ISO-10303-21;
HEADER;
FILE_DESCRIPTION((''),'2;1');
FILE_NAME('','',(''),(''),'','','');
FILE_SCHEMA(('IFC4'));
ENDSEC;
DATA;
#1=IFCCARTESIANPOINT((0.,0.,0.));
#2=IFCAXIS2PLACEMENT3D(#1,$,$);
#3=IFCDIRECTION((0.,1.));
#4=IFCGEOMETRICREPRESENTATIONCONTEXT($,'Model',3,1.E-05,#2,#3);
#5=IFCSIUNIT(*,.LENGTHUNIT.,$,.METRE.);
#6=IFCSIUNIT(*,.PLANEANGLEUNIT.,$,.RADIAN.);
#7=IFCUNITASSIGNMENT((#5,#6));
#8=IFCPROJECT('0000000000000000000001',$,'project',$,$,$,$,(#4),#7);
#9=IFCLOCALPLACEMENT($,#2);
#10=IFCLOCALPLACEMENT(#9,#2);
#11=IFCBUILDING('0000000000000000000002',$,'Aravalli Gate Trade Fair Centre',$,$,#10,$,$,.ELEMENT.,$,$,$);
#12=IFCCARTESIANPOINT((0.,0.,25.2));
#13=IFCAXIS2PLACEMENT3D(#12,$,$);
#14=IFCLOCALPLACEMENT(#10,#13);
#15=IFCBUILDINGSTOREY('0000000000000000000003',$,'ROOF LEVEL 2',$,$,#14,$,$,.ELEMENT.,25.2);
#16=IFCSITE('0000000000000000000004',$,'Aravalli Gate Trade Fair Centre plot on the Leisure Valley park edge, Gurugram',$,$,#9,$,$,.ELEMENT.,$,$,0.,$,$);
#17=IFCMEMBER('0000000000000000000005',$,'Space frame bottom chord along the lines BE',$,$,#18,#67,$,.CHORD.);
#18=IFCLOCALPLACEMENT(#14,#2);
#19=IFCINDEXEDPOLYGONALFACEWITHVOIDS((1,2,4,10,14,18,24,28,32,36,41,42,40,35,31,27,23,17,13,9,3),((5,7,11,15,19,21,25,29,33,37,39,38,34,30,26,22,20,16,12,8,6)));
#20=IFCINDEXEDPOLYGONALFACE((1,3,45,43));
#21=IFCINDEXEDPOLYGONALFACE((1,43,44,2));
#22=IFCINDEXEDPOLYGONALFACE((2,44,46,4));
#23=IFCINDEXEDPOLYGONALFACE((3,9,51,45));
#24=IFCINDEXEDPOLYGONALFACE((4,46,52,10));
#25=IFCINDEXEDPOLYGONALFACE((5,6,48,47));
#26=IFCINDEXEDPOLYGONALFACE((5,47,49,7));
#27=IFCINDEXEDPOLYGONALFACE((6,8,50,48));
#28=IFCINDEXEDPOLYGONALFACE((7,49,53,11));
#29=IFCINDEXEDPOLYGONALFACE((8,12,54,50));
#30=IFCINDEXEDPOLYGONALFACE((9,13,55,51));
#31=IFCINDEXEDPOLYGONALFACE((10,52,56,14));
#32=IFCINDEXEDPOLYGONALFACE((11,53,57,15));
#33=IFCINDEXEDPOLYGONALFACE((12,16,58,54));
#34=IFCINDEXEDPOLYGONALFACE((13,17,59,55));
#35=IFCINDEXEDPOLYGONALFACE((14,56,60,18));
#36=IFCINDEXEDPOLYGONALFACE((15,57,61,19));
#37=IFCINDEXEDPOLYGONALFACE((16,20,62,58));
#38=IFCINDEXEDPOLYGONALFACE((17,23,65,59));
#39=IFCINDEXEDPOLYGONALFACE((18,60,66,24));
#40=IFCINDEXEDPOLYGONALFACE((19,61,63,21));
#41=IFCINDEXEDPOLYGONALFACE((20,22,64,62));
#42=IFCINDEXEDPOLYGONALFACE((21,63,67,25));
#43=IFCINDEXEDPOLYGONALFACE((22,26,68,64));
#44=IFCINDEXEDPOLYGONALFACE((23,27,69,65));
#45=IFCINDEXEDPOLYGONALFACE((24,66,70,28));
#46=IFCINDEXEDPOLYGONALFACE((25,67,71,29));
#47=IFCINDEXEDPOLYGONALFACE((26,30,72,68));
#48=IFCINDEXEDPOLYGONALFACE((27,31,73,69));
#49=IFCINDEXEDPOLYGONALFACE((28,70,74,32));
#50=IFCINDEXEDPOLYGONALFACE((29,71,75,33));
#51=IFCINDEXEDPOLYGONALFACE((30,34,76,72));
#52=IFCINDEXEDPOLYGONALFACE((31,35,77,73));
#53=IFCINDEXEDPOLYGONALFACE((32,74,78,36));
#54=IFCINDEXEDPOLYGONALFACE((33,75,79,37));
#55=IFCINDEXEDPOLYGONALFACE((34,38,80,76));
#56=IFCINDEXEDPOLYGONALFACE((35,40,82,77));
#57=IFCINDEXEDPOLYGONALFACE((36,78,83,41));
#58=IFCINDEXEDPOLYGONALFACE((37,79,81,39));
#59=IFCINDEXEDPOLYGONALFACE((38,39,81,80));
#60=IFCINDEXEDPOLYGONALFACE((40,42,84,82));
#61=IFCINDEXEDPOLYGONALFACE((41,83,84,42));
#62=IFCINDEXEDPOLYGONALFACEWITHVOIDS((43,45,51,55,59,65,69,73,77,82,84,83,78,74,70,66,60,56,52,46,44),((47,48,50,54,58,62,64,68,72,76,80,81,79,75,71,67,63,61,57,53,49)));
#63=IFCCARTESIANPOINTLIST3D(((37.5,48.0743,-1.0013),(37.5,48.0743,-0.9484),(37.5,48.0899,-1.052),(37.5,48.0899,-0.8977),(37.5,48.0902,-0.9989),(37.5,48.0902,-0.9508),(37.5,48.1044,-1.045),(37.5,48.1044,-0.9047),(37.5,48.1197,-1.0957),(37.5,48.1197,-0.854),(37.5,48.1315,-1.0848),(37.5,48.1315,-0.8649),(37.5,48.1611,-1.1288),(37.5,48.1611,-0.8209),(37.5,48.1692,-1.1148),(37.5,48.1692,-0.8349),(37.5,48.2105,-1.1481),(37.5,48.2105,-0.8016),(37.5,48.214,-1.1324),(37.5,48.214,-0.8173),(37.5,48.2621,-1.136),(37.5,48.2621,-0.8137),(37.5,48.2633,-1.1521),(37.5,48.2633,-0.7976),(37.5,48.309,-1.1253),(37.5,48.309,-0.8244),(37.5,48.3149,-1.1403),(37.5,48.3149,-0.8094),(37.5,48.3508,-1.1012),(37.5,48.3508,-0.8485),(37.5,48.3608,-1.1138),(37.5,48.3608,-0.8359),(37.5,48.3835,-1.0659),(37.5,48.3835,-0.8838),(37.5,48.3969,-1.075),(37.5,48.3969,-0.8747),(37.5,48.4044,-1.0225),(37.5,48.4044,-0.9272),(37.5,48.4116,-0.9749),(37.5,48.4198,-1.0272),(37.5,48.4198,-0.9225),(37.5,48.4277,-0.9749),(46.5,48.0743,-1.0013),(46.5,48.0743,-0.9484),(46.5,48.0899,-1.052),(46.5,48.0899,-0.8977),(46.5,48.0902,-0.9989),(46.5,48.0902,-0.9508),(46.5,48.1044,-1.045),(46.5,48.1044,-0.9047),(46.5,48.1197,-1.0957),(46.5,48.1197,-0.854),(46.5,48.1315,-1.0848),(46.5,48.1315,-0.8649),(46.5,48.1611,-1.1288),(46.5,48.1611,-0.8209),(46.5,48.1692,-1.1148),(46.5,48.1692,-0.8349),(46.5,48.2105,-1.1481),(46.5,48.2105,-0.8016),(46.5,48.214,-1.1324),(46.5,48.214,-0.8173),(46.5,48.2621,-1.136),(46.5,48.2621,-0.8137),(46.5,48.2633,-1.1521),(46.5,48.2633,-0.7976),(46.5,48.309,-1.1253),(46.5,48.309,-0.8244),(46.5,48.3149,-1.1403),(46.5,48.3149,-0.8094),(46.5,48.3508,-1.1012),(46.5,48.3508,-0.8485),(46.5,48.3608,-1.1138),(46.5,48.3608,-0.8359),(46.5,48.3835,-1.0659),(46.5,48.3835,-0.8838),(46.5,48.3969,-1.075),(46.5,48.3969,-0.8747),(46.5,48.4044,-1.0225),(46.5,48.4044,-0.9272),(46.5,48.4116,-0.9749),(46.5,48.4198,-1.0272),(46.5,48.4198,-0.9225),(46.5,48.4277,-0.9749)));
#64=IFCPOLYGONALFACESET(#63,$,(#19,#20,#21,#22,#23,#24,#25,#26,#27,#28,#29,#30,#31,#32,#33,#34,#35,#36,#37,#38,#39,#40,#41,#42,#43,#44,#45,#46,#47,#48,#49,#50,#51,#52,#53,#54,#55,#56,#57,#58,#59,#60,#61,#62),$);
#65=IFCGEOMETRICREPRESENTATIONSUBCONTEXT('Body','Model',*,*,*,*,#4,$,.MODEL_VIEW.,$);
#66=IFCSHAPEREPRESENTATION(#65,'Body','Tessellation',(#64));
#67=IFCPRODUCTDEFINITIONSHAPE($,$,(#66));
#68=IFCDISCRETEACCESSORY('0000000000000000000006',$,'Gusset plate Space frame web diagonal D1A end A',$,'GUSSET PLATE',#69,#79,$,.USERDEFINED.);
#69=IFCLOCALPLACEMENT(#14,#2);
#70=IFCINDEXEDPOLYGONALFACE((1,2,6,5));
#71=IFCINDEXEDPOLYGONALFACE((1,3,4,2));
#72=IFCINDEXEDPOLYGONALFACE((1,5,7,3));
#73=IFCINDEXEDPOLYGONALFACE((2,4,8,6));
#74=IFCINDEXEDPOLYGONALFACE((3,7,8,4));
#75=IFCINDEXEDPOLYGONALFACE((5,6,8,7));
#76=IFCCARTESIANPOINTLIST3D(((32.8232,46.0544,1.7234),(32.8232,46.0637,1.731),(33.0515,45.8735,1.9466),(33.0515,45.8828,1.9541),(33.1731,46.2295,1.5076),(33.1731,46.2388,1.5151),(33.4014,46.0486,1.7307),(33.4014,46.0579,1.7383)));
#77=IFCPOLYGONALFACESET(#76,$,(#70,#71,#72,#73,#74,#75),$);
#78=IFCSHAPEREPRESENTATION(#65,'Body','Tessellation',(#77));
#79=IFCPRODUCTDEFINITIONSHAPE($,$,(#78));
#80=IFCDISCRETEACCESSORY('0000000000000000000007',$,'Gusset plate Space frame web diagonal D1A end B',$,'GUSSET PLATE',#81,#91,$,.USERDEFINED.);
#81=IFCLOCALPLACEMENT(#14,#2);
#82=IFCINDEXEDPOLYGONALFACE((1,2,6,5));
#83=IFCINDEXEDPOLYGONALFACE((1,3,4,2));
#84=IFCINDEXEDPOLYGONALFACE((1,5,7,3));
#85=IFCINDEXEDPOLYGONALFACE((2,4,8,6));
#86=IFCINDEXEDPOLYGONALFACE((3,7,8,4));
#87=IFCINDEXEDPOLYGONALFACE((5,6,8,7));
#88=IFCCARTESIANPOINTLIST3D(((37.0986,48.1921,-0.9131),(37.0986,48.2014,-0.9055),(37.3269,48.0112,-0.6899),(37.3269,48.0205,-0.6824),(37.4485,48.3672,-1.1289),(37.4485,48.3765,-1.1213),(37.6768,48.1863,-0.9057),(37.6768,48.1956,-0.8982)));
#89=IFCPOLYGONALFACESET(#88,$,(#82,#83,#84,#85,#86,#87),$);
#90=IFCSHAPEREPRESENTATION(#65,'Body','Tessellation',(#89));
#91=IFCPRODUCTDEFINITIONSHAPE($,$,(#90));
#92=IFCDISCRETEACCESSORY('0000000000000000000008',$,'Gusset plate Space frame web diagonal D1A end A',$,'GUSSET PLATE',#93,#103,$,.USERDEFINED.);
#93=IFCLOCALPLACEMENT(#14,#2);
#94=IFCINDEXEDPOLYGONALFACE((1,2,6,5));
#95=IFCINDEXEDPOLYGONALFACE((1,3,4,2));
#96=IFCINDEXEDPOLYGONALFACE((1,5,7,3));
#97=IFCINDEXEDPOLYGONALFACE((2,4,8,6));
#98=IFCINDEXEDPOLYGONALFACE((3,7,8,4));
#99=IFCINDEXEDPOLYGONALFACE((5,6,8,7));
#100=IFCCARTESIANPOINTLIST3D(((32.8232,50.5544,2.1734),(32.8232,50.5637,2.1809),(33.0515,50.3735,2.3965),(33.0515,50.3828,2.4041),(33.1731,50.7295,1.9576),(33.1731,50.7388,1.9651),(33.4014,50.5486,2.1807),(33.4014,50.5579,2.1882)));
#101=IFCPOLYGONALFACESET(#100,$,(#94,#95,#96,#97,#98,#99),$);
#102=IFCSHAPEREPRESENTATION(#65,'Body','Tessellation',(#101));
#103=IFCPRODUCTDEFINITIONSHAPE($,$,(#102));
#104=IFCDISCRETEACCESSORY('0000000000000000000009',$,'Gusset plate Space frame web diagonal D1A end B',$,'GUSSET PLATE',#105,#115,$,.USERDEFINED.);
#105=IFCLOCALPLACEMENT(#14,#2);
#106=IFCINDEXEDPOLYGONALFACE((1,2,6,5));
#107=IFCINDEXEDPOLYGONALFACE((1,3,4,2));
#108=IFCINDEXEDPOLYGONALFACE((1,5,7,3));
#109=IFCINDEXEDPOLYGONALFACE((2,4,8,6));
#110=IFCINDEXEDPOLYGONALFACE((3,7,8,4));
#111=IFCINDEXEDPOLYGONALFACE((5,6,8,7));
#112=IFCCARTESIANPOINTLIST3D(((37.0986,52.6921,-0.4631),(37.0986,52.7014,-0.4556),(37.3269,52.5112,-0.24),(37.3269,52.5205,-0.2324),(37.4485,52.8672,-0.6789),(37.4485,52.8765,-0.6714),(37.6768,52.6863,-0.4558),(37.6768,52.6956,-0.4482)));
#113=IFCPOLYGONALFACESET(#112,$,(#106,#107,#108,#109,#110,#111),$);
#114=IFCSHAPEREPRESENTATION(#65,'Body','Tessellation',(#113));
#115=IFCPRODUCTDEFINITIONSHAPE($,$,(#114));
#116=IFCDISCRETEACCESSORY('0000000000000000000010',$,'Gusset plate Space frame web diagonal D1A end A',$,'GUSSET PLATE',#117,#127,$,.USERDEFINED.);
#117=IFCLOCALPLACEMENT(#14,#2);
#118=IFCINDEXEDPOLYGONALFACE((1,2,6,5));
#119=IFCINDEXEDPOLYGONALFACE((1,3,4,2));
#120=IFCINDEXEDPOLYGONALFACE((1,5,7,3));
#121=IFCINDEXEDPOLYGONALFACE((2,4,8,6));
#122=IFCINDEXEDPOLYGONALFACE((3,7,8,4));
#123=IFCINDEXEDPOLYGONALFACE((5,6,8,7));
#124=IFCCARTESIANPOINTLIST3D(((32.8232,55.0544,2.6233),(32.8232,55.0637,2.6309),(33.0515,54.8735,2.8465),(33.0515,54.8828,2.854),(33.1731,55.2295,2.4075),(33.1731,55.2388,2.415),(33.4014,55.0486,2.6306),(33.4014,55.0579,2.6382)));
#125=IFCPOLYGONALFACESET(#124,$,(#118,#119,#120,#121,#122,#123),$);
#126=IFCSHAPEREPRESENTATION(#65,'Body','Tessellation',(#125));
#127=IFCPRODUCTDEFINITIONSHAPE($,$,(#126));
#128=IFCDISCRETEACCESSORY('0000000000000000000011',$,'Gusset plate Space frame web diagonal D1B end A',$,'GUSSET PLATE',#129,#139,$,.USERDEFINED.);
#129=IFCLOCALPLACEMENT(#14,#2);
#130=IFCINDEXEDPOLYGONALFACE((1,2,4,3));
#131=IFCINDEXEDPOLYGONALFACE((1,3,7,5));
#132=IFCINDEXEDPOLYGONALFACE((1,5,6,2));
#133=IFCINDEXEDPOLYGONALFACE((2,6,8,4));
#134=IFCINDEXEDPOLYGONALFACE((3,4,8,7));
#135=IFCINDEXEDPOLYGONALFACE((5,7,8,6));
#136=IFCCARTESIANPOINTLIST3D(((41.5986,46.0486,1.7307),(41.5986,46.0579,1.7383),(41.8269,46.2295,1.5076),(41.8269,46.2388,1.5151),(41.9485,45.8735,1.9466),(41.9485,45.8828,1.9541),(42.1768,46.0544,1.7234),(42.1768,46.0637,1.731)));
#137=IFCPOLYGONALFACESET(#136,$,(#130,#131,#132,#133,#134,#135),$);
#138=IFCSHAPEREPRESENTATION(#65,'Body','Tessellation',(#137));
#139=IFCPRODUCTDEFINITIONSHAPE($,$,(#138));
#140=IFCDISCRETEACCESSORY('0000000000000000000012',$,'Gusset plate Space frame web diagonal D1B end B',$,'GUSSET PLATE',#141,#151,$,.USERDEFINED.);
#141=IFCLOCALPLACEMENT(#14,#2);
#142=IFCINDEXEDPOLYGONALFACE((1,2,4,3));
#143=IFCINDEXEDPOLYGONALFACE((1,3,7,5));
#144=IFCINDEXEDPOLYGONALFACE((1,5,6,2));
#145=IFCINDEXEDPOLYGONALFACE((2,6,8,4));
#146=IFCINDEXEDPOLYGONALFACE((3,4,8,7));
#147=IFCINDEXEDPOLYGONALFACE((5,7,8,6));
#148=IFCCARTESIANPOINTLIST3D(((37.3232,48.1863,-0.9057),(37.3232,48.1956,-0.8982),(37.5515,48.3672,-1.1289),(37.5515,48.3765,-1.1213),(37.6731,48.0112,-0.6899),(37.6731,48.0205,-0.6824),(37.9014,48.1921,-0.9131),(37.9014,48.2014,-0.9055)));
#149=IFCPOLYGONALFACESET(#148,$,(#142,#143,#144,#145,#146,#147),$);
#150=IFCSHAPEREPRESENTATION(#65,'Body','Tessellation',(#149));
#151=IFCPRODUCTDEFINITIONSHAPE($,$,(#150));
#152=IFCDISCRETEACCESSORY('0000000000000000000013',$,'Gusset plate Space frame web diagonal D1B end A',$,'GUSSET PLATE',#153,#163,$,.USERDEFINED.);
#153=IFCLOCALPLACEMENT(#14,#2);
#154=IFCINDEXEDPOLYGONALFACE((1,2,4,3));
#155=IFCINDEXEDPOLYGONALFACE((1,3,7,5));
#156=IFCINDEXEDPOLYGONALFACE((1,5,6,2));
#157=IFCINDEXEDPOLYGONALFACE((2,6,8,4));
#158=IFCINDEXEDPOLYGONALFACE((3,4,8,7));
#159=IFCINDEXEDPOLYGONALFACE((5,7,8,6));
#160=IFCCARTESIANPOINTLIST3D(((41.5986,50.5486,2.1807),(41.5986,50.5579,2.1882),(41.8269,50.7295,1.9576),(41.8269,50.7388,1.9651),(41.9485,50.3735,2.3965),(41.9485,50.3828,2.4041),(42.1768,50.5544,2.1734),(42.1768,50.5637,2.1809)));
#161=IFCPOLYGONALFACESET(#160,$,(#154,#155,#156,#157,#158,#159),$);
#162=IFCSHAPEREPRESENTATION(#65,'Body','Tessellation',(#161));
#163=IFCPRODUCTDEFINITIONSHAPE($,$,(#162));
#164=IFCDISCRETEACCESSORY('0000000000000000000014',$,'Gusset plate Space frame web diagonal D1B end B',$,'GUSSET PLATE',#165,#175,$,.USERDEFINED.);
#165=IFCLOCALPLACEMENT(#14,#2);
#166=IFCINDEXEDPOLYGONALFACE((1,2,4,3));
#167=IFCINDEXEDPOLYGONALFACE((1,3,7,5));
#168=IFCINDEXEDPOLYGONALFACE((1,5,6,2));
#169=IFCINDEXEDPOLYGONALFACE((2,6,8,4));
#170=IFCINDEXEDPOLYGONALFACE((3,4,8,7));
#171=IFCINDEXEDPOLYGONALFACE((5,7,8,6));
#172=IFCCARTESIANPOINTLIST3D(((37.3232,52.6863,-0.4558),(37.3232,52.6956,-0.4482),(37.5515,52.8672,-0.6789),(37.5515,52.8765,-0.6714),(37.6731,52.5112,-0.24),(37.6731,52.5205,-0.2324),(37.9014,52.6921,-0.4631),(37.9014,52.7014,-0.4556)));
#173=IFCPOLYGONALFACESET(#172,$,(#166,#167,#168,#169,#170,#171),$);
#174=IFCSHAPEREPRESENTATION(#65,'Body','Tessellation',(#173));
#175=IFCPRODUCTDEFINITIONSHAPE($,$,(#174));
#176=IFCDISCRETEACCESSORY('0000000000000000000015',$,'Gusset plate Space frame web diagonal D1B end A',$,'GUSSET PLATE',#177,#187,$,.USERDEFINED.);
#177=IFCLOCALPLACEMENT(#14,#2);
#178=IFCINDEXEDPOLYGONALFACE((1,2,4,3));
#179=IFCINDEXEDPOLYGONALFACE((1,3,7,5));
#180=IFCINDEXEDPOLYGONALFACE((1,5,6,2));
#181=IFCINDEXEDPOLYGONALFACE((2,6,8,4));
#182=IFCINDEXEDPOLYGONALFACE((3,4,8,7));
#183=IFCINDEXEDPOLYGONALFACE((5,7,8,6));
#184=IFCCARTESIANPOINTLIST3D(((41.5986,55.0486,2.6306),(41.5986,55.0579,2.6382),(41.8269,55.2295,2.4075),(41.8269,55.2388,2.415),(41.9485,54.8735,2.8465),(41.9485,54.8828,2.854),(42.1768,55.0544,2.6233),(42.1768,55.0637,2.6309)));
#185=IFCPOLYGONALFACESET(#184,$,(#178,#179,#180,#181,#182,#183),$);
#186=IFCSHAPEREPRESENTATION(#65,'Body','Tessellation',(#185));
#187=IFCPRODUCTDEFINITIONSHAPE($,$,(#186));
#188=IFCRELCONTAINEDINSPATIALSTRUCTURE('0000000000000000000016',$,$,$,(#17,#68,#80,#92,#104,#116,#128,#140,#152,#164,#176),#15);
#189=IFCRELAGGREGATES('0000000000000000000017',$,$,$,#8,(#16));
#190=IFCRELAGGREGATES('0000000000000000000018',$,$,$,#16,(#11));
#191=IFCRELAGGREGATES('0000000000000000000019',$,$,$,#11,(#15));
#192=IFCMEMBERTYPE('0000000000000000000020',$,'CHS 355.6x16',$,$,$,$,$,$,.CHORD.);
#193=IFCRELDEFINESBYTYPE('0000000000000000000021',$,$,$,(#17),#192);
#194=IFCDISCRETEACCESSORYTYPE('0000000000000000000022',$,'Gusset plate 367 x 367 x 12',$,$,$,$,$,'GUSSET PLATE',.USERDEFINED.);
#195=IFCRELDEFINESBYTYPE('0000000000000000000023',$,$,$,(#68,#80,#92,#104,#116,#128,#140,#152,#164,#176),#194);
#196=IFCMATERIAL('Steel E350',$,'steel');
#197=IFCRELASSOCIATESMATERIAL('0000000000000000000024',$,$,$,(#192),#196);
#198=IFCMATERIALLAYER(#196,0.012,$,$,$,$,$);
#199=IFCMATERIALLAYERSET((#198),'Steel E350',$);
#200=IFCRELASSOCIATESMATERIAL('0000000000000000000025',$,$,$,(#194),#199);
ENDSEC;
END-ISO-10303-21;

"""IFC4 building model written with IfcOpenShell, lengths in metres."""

from ifc_helpers import new_model, si_unit, direction, frame, origin, origin_2d, place, context, subcontext, project, spatial, polyline, hollow_circle, outline, extrude, material, layer, layer_set, material_profile, profile_set, type_object, element, save


model = new_model("IFC4")

# Units and contexts
model_context = context("Model", 3, precision=1e-05, world=origin(), true_north=direction((0.0, 1.0)))
body_context = subcontext(model_context, "Body", "Model", "MODEL_VIEW")
ifc_project = project(units=[si_unit("LENGTHUNIT", "METRE"), si_unit("PLANEANGLEUNIT", "RADIAN")], contexts=[model_context])

# Site, building, storey
site_placement = place(None, origin())
site = spatial("IfcSite", under=ifc_project, at=site_placement, Name="Aravalli Gate Trade Fair Centre plot on the Leisure Valley park edge, Gurugram", CompositionType="ELEMENT", RefElevation=0.0)
building_placement = place(site_placement, origin())
building = spatial("IfcBuilding", under=site, at=building_placement, Name="Aravalli Gate Trade Fair Centre", CompositionType="ELEMENT")
storey_placement = place(building_placement, frame((0.0, 0.0, 25.2)))
storey = spatial("IfcBuildingStorey", under=building, at=storey_placement, Name="ROOF LEVEL 2", CompositionType="ELEMENT", Elevation=25.2)

# Member
ifc_material = material(Name="Steel E350", Category="steel")
ifc_material_profile_1 = material_profile(ifc_material, hollow_circle(Radius=0.1777, WallThickness=0.0161, at=origin_2d()), Name="CHS 355.6x16")
ifc_profile_set_1 = profile_set([ifc_material_profile_1], Name="Steel E350")
member_type_1 = type_object("IfcMemberType", Name="CHS 355.6x16", PredefinedType="CHORD", material=ifc_profile_set_1)
member_1_placement = place(storey_placement, frame((37.5, 48.25, -0.9749), z_axis=(1.0, 0.0, 0.0), x_axis=(0.0, 1.0, 0.0)))
element("IfcMember", 1, at=member_1_placement, inside=storey, type_object=member_type_1, Name="Space frame bottom chord along the lines BE", PredefinedType="CHORD", context=body_context, shape_type="SweptSolid", body=[
    extrude(hollow_circle(Radius=0.1777, WallThickness=0.0161, at=origin_2d()), origin(), (0.0, 0.0, 1.0), 9.0),
])

# Discrete accessories
ifc_layer = layer(ifc_material, 0.012)
ifc_layer_set = layer_set([ifc_layer], Name="Steel E350")
discrete_accessory_type = type_object("IfcDiscreteAccessoryType", Name="Gusset plate 367 x 367 x 12", ElementType="GUSSET PLATE", PredefinedType="USERDEFINED", material=ifc_layer_set)
discrete_accessory_1_placement = place(storey_placement, frame((33.1731, 46.2388, 1.5151), z_axis=(-0.000107, 0.776736, 0.629826), x_axis=(-0.783044, -0.391795, 0.48305)))
element("IfcDiscreteAccessory", 2, at=discrete_accessory_1_placement, inside=storey, type_object=discrete_accessory_type, Name="Gusset plate Space frame web diagonal D1A end A", ObjectType="GUSSET PLATE", PredefinedType="USERDEFINED", context=body_context, shape_type="SweptSolid", body=[
    extrude(outline(polyline([(0.0, 0.0), (0.4468, 0.0), (0.4467, 0.3669), (-0.0001, 0.3669), (0.0, 0.0)])), origin(), (0.0, 0.0, -1.0), 0.012),
])
discrete_accessory_2_placement = place(storey_placement, frame((37.0986, 48.2014, -0.9055), z_axis=(-0.000107, 0.776736, 0.629826), x_axis=(0.783044, 0.391795, -0.48305)))
element("IfcDiscreteAccessory", 3, at=discrete_accessory_2_placement, inside=storey, type_object=discrete_accessory_type, Name="Gusset plate Space frame web diagonal D1A end B", ObjectType="GUSSET PLATE", PredefinedType="USERDEFINED", context=body_context, shape_type="SweptSolid", body=[
    extrude(outline(polyline([(0.0, 0.0), (0.4468, 0.0), (0.4469, -0.3669), (0.0001, -0.3669), (0.0, 0.0)])), origin(), (0.0, 0.0, -1.0), 0.012),
])
discrete_accessory_3_placement = place(storey_placement, frame((33.1731, 50.7388, 1.9651), z_axis=(-0.000107, 0.776736, 0.629826), x_axis=(-0.783044, -0.391795, 0.48305)))
element("IfcDiscreteAccessory", 4, at=discrete_accessory_3_placement, inside=storey, type_object=discrete_accessory_type, Name="Gusset plate Space frame web diagonal D1A end A", ObjectType="GUSSET PLATE", PredefinedType="USERDEFINED", context=body_context, shape_type="SweptSolid", body=[
    extrude(outline(polyline([(0.0, 0.0), (0.4468, 0.0), (0.4467, 0.3669), (-0.0001, 0.3669), (0.0, 0.0)])), origin(), (0.0, 0.0, -1.0), 0.012),
])
discrete_accessory_4_placement = place(storey_placement, frame((37.0986, 52.7014, -0.4556), z_axis=(-0.000107, 0.776736, 0.629826), x_axis=(0.783044, 0.391795, -0.48305)))
element("IfcDiscreteAccessory", 5, at=discrete_accessory_4_placement, inside=storey, type_object=discrete_accessory_type, Name="Gusset plate Space frame web diagonal D1A end B", ObjectType="GUSSET PLATE", PredefinedType="USERDEFINED", context=body_context, shape_type="SweptSolid", body=[
    extrude(outline(polyline([(0.0, 0.0), (0.4468, 0.0), (0.4469, -0.3669), (0.0001, -0.3669), (0.0, 0.0)])), origin(), (0.0, 0.0, -1.0), 0.012),
])
discrete_accessory_5_placement = place(storey_placement, frame((33.1731, 55.2388, 2.415), z_axis=(-0.000107, 0.776736, 0.629826), x_axis=(-0.783044, -0.391795, 0.48305)))
element("IfcDiscreteAccessory", 6, at=discrete_accessory_5_placement, inside=storey, type_object=discrete_accessory_type, Name="Gusset plate Space frame web diagonal D1A end A", ObjectType="GUSSET PLATE", PredefinedType="USERDEFINED", context=body_context, shape_type="SweptSolid", body=[
    extrude(outline(polyline([(0.0, 0.0), (0.4468, 0.0), (0.4467, 0.3669), (-0.0001, 0.3669), (0.0, 0.0)])), origin(), (0.0, 0.0, -1.0), 0.012),
])
discrete_accessory_6_placement = place(storey_placement, frame((41.5986, 46.0579, 1.7383), z_axis=(0.000107, 0.776736, 0.629826), x_axis=(0.783044, -0.391795, 0.48305)))
element("IfcDiscreteAccessory", 7, at=discrete_accessory_6_placement, inside=storey, type_object=discrete_accessory_type, Name="Gusset plate Space frame web diagonal D1B end A", ObjectType="GUSSET PLATE", PredefinedType="USERDEFINED", context=body_context, shape_type="SweptSolid", body=[
    extrude(outline(polyline([(0.0, 0.0), (0.4468, 0.0), (0.4469, 0.3669), (0.0001, 0.3669), (0.0, 0.0)])), origin(), (0.0, 0.0, -1.0), 0.012),
])
discrete_accessory_7_placement = place(storey_placement, frame((37.6731, 48.0205, -0.6824), z_axis=(0.000107, 0.776736, 0.629826), x_axis=(-0.783044, 0.391795, -0.48305)))
element("IfcDiscreteAccessory", 8, at=discrete_accessory_7_placement, inside=storey, type_object=discrete_accessory_type, Name="Gusset plate Space frame web diagonal D1B end B", ObjectType="GUSSET PLATE", PredefinedType="USERDEFINED", context=body_context, shape_type="SweptSolid", body=[
    extrude(outline(polyline([(0.0, 0.0), (0.4468, 0.0), (0.4467, -0.3669), (-0.0001, -0.3669), (0.0, 0.0)])), origin(), (0.0, 0.0, -1.0), 0.012),
])
discrete_accessory_8_placement = place(storey_placement, frame((41.5986, 50.5579, 2.1882), z_axis=(0.000107, 0.776736, 0.629826), x_axis=(0.783044, -0.391795, 0.48305)))
element("IfcDiscreteAccessory", 9, at=discrete_accessory_8_placement, inside=storey, type_object=discrete_accessory_type, Name="Gusset plate Space frame web diagonal D1B end A", ObjectType="GUSSET PLATE", PredefinedType="USERDEFINED", context=body_context, shape_type="SweptSolid", body=[
    extrude(outline(polyline([(0.0, 0.0), (0.4468, 0.0), (0.4469, 0.3669), (0.0001, 0.3669), (0.0, 0.0)])), origin(), (0.0, 0.0, -1.0), 0.012),
])
discrete_accessory_9_placement = place(storey_placement, frame((37.6731, 52.5205, -0.2324), z_axis=(0.000107, 0.776736, 0.629826), x_axis=(-0.783044, 0.391795, -0.48305)))
element("IfcDiscreteAccessory", 10, at=discrete_accessory_9_placement, inside=storey, type_object=discrete_accessory_type, Name="Gusset plate Space frame web diagonal D1B end B", ObjectType="GUSSET PLATE", PredefinedType="USERDEFINED", context=body_context, shape_type="SweptSolid", body=[
    extrude(outline(polyline([(0.0, 0.0), (0.4468, 0.0), (0.4467, -0.3669), (-0.0001, -0.3669), (0.0, 0.0)])), origin(), (0.0, 0.0, -1.0), 0.012),
])
discrete_accessory_10_placement = place(storey_placement, frame((41.5986, 55.0579, 2.6382), z_axis=(0.000107, 0.776736, 0.629826), x_axis=(0.783044, -0.391795, 0.48305)))
element("IfcDiscreteAccessory", 11, at=discrete_accessory_10_placement, inside=storey, type_object=discrete_accessory_type, Name="Gusset plate Space frame web diagonal D1B end A", ObjectType="GUSSET PLATE", PredefinedType="USERDEFINED", context=body_context, shape_type="SweptSolid", body=[
    extrude(outline(polyline([(0.0, 0.0), (0.4468, 0.0), (0.4469, 0.3669), (0.0001, 0.3669), (0.0, 0.0)])), origin(), (0.0, 0.0, -1.0), 0.012),
])

save(model, "model.ifc")
